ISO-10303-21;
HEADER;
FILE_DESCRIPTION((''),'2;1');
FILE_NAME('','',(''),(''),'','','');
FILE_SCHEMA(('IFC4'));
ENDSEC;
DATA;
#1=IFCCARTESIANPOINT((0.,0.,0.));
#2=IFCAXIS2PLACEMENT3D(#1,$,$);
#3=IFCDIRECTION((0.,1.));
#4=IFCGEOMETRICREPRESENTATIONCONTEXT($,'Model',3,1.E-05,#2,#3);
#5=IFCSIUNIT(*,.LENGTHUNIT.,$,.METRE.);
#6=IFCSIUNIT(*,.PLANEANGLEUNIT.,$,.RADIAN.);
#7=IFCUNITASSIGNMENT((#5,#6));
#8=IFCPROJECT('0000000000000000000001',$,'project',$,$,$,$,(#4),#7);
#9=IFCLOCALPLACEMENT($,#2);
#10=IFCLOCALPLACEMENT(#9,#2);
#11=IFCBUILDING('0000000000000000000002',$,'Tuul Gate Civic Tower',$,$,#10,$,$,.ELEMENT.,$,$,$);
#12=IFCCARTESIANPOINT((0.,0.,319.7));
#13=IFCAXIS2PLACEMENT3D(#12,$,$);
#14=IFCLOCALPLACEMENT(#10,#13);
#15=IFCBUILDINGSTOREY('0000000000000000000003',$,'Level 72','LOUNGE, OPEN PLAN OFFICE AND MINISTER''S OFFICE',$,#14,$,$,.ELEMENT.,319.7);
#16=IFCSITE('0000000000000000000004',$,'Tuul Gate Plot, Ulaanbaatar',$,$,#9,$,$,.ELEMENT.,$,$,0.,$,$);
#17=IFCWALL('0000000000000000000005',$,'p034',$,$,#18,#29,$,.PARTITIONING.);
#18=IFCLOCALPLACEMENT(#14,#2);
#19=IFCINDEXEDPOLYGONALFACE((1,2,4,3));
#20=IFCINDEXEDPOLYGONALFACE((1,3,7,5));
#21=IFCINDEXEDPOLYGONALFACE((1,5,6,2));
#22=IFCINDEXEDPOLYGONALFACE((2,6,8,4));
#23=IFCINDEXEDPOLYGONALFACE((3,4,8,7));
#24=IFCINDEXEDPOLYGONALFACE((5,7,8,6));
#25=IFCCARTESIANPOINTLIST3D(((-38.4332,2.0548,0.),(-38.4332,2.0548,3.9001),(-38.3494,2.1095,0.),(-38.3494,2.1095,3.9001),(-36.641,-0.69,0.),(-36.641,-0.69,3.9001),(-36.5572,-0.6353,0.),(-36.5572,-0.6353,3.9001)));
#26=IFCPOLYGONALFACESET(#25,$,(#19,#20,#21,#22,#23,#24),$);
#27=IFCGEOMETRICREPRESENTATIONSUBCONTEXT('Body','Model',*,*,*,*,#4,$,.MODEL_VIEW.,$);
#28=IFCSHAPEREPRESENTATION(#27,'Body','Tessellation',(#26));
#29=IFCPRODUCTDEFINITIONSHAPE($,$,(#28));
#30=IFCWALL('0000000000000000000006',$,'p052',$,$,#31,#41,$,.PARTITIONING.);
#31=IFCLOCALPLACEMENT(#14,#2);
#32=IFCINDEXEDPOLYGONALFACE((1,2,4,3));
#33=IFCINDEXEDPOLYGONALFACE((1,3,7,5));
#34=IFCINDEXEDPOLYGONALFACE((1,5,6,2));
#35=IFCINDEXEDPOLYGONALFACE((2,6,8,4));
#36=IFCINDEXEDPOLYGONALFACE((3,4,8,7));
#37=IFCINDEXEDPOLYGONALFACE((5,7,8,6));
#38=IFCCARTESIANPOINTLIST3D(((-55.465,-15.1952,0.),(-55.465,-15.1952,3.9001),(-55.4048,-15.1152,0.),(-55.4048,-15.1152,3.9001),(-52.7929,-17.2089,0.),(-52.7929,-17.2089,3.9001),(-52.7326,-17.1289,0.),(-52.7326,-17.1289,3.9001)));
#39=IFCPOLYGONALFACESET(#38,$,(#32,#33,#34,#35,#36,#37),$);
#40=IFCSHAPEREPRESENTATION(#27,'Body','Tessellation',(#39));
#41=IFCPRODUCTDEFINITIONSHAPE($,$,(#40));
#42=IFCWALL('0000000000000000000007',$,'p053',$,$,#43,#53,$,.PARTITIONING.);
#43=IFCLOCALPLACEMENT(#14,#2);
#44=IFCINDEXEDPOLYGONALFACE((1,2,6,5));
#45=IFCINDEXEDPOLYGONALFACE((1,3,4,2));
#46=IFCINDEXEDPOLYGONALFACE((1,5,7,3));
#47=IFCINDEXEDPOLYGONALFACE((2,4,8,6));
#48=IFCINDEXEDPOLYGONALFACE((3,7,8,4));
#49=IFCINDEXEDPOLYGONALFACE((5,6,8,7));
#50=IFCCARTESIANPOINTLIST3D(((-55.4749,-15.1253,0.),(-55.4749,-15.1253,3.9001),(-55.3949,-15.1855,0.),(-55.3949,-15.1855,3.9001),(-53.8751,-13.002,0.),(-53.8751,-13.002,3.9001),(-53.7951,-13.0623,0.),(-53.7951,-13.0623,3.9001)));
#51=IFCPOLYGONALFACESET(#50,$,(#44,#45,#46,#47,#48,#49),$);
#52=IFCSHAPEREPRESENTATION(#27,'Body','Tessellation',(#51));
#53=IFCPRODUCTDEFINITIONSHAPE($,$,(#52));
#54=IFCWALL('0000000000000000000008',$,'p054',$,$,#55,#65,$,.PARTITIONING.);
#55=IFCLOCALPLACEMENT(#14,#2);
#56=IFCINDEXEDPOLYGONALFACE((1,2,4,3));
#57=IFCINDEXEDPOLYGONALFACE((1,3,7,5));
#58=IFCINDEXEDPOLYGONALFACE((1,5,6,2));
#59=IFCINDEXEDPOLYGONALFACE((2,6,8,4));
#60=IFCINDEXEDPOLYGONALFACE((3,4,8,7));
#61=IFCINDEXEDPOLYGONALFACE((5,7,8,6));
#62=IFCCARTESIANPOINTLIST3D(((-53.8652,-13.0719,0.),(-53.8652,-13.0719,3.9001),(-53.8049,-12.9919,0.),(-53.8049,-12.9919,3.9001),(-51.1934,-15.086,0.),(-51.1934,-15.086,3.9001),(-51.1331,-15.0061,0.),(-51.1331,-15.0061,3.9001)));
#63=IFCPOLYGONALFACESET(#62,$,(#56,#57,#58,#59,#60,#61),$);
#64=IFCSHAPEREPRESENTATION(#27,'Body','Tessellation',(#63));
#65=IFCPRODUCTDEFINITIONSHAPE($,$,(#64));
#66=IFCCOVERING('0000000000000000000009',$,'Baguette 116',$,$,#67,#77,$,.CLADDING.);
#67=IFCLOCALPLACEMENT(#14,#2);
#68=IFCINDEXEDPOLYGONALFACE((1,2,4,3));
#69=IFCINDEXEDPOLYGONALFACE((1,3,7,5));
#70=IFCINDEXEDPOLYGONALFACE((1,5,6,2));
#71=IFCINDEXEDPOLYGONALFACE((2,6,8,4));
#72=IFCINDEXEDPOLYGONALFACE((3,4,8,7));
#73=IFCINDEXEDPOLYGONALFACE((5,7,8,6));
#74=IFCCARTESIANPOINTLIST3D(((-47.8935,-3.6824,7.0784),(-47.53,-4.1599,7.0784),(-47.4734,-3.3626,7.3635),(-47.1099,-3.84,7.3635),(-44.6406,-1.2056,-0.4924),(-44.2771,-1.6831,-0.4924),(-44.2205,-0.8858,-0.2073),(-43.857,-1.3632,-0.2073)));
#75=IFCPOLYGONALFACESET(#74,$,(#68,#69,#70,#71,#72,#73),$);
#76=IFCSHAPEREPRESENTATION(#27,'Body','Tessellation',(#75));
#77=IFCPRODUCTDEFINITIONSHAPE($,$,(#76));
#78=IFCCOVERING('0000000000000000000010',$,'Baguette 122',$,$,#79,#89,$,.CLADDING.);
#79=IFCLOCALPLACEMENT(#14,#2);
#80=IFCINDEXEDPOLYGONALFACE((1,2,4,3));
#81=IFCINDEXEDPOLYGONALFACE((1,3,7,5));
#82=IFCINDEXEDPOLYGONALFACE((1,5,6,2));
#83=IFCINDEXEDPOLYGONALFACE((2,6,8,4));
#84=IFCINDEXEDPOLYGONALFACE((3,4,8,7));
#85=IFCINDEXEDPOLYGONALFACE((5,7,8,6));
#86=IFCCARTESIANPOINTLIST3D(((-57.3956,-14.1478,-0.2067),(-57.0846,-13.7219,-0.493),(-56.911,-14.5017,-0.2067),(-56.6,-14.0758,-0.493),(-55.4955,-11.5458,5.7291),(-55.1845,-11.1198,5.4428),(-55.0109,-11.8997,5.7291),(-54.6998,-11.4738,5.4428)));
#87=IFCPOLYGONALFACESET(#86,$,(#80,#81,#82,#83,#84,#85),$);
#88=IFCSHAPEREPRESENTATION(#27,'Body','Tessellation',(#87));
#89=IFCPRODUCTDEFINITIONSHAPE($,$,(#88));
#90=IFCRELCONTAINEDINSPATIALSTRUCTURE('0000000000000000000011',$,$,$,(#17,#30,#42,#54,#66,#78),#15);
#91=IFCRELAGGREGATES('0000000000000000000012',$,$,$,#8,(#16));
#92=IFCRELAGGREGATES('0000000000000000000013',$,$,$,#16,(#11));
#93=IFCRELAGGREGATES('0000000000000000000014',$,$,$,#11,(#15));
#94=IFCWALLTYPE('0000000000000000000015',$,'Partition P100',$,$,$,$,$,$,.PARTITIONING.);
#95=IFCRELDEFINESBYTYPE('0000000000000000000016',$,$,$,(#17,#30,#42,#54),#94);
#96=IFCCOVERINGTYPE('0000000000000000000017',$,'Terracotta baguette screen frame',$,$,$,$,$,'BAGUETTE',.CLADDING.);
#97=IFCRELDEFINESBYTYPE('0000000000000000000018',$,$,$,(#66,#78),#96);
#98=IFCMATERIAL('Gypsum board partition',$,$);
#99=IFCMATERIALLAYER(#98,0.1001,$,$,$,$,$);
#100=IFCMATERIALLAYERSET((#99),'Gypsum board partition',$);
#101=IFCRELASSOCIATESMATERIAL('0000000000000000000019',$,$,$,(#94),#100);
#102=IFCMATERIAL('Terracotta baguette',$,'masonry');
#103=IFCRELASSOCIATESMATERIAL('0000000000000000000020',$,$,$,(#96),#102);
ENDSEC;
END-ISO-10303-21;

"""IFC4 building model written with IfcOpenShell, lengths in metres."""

from ifc_helpers import new_model, si_unit, direction, frame, frame_2d, origin, origin_2d, place, context, subcontext, project, spatial, rectangle, extrude, material, layer, layer_set, material_profile, profile_set, type_object, element, save


model = new_model("IFC4")

# Units and contexts
model_context = context("Model", 3, precision=1e-05, world=origin(), true_north=direction((0.0, 1.0)))
body_context = subcontext(model_context, "Body", "Model", "MODEL_VIEW")
ifc_project = project(units=[si_unit("LENGTHUNIT", "METRE"), si_unit("PLANEANGLEUNIT", "RADIAN")], contexts=[model_context])

# Site, building, storey
site_placement = place(None, origin())
site = spatial("IfcSite", under=ifc_project, at=site_placement, Name="Tuul Gate Plot, Ulaanbaatar", CompositionType="ELEMENT", RefElevation=0.0)
building_placement = place(site_placement, origin())
building = spatial("IfcBuilding", under=site, at=building_placement, Name="Tuul Gate Civic Tower", CompositionType="ELEMENT")
storey_placement = place(building_placement, frame((0.0, 0.0, 319.7)))
storey = spatial("IfcBuildingStorey", under=building, at=storey_placement, Name="Level 72", Description="LOUNGE, OPEN PLAN OFFICE AND MINISTER'S OFFICE", CompositionType="ELEMENT", Elevation=319.7)

# Walls
ifc_material_1 = material(Name="Gypsum board partition")
ifc_layer_1 = layer(ifc_material_1, 0.1001)
ifc_layer_set_1 = layer_set([ifc_layer_1], Name="Gypsum board partition")
wall_type_1 = type_object("IfcWallType", Name="Partition P100", PredefinedType="PARTITIONING", material=ifc_layer_set_1)
wall_1_placement = place(storey_placement, frame((-38.3914, 2.0823, 0.0), z_axis=(0.0, 0.0, 1.0), x_axis=(0.546718, -0.837317, 0.0)))
element("IfcWall", 1, at=wall_1_placement, inside=storey, type_object=wall_type_1, Name="p034", PredefinedType="PARTITIONING", context=body_context, shape_type="SweptSolid", body=[
    extrude(rectangle(XDim=3.2781, YDim=0.1001, at=frame_2d((1.6392, 0.0))), origin(), (0.0, 0.0, 1.0), 3.9001),
])
wall_2_placement = place(storey_placement, frame((-55.4348, -15.1553, 0.0), z_axis=(0.0, 0.0, 1.0), x_axis=(0.798623, -0.601831, 0.0)))
element("IfcWall", 2, at=wall_2_placement, inside=storey, type_object=wall_type_1, Name="p052", PredefinedType="PARTITIONING", context=body_context, shape_type="SweptSolid", body=[
    extrude(rectangle(XDim=3.3459, YDim=0.1001, at=frame_2d((1.6729, 0.0))), origin(), (0.0, 0.0, 1.0), 3.9001),
])
wall_3_placement = place(storey_placement, frame((-55.4348, -15.1553, 0.0), z_axis=(0.0, 0.0, 1.0), x_axis=(0.601776, 0.798665, 0.0)))
element("IfcWall", 3, at=wall_3_placement, inside=storey, type_object=wall_type_1, Name="p053", PredefinedType="PARTITIONING", context=body_context, shape_type="SweptSolid", body=[
    extrude(rectangle(XDim=2.6584, YDim=0.1001, at=frame_2d((1.3291, 0.0))), origin(), (0.0, 0.0, 1.0), 3.9001),
])
wall_4_placement = place(storey_placement, frame((-53.835, -13.032, 0.0), z_axis=(0.0, 0.0, 1.0), x_axis=(0.798527, -0.601959, 0.0)))
element("IfcWall", 4, at=wall_4_placement, inside=storey, type_object=wall_type_1, Name="p054", PredefinedType="PARTITIONING", context=body_context, shape_type="SweptSolid", body=[
    extrude(rectangle(XDim=3.3459, YDim=0.1001, at=frame_2d((1.6729, 0.0))), origin(), (0.0, 0.0, 1.0), 3.9001),
])

# Coverings
ifc_material_2 = material(Name="Terracotta baguette", Category="masonry")
ifc_material_profile_1 = material_profile(ifc_material_2, rectangle(XDim=0.6001, YDim=0.6001, at=origin_2d()), Name="Terracotta baguette screen frame")
ifc_profile_set_1 = profile_set([ifc_material_profile_1], Name="Terracotta baguette")
covering_type = type_object("IfcCoveringType", Name="Terracotta baguette screen frame", ElementType="BAGUETTE", PredefinedType="CLADDING", material=ifc_profile_set_1)
covering_1_placement = place(storey_placement, frame((-47.5017, -3.7612, 7.2209), z_axis=(0.378061, 0.287858, -0.879891), x_axis=(-0.605793, 0.795622, 0.0)))
element("IfcCovering", 5, at=covering_1_placement, inside=storey, type_object=covering_type, Name="Baguette 116", PredefinedType="CLADDING", context=body_context, shape_type="SweptSolid", body=[
    extrude(rectangle(XDim=0.6001, YDim=0.6001, at=origin_2d()), origin(), (0.0, 0.0, 1.0), 8.6042),
])
covering_2_placement = place(storey_placement, frame((-55.0977, -11.5098, 5.5859), z_axis=(-0.281342, -0.385268, -0.878872), x_axis=(0.807591, -0.589743, 0.0)))
element("IfcCovering", 6, at=covering_2_placement, inside=storey, type_object=covering_type, Name="Baguette 122", PredefinedType="CLADDING", context=body_context, shape_type="SweptSolid", body=[
    extrude(rectangle(XDim=0.6001, YDim=0.6001, at=origin_2d()), origin(), (0.0, 0.0, 1.0), 6.7539),
])

save(model, "model.ifc")
